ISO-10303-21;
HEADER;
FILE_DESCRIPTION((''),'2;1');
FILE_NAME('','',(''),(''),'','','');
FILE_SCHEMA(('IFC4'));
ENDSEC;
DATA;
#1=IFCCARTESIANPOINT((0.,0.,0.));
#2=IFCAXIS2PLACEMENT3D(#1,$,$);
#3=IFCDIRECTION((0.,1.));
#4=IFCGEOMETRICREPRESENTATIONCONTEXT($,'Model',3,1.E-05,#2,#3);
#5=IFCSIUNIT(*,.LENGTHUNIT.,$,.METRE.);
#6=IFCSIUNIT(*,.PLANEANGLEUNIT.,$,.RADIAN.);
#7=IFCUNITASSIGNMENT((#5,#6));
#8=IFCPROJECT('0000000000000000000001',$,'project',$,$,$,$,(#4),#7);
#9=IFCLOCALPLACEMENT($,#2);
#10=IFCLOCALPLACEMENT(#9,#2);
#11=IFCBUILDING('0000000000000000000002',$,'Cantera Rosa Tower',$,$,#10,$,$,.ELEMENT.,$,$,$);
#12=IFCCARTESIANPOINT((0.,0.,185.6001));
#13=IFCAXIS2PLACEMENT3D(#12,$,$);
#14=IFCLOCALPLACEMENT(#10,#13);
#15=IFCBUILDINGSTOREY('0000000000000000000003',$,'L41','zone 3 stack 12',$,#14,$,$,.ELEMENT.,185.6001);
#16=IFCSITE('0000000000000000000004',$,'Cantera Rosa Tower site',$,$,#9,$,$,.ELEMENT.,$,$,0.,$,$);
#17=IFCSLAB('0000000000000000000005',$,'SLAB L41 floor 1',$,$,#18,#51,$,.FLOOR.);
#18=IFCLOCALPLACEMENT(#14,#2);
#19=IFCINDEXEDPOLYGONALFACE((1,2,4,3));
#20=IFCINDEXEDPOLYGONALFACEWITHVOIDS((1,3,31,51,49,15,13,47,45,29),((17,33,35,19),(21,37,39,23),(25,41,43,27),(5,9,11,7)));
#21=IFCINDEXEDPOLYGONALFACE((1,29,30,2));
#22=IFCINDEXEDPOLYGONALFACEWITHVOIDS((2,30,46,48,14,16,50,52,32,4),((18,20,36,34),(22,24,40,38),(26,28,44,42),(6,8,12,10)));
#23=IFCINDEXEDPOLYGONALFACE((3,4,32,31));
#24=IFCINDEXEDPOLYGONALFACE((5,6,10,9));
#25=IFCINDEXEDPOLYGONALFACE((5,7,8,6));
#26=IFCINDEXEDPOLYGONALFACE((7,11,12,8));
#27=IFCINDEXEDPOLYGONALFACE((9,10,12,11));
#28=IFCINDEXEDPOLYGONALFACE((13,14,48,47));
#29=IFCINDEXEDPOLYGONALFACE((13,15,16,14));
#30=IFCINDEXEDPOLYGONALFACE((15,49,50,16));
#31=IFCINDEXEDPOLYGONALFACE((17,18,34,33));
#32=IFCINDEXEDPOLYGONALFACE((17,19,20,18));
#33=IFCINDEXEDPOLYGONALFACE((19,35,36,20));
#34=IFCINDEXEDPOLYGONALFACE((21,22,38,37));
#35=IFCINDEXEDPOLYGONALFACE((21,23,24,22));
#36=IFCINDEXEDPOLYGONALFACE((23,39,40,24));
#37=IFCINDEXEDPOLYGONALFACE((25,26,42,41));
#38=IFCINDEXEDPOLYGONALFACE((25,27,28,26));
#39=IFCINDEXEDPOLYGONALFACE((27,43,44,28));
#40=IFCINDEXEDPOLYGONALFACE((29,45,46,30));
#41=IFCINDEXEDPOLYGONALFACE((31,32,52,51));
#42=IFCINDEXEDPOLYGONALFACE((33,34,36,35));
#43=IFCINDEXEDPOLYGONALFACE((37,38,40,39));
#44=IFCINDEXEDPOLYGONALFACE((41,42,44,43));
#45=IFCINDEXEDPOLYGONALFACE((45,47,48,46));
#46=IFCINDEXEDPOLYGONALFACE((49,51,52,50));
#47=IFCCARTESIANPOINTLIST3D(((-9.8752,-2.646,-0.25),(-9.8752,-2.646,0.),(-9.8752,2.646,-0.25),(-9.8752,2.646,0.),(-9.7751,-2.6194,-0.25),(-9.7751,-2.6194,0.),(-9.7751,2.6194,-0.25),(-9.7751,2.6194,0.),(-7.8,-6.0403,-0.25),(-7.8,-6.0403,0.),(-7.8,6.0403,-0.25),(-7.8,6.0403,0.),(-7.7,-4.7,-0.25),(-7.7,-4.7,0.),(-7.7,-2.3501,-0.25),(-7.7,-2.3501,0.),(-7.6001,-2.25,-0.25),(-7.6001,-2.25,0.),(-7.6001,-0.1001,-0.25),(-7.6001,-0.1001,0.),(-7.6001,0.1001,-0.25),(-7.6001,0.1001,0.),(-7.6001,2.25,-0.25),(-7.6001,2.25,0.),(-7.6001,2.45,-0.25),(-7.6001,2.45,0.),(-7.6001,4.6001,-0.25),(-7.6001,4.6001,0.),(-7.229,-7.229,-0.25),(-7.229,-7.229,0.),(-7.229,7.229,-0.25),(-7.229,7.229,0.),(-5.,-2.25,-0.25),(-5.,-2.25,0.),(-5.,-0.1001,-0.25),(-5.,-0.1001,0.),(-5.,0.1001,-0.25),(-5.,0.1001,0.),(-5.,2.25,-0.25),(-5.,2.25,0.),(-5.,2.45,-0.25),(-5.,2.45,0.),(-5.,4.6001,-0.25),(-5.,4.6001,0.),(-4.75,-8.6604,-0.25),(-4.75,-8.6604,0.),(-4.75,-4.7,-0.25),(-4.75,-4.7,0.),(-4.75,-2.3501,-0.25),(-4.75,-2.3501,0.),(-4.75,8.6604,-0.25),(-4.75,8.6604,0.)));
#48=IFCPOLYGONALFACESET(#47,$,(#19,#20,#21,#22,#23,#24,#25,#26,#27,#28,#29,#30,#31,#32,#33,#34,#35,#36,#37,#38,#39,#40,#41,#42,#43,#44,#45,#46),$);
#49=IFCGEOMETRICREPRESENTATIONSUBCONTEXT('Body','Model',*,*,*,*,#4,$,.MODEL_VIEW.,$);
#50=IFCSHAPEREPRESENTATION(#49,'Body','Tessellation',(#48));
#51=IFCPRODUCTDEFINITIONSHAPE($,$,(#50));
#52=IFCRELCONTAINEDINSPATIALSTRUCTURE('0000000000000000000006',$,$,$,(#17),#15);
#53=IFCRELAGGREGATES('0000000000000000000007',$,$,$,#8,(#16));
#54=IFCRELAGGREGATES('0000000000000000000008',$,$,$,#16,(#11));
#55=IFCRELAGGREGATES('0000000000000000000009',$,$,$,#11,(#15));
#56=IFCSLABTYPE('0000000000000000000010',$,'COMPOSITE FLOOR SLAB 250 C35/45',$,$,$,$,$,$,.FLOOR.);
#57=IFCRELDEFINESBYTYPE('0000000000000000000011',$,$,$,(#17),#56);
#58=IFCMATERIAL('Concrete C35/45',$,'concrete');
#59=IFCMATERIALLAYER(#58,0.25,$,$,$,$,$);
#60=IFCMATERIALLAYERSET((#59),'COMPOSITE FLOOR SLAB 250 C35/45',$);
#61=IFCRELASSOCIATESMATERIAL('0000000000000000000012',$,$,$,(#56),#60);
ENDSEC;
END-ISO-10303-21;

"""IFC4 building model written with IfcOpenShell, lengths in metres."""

from ifc_helpers import new_model, si_unit, direction, frame, origin, place, context, subcontext, project, spatial, polyline, outline, extrude, material, layer, layer_set, type_object, element, save


model = new_model("IFC4")

# Units and contexts
model_context = context("Model", 3, precision=1e-05, world=origin(), true_north=direction((0.0, 1.0)))
body_context = subcontext(model_context, "Body", "Model", "MODEL_VIEW")
ifc_project = project(units=[si_unit("LENGTHUNIT", "METRE"), si_unit("PLANEANGLEUNIT", "RADIAN")], contexts=[model_context])

# Site, building, storey
site_placement = place(None, origin())
site = spatial("IfcSite", under=ifc_project, at=site_placement, Name="Cantera Rosa Tower site", CompositionType="ELEMENT", RefElevation=0.0)
building_placement = place(site_placement, origin())
building = spatial("IfcBuilding", under=site, at=building_placement, Name="Cantera Rosa Tower", CompositionType="ELEMENT")
storey_placement = place(building_placement, frame((0.0, 0.0, 185.6001)))
storey = spatial("IfcBuildingStorey", under=building, at=storey_placement, Name="L41", Description="zone 3 stack 12", CompositionType="ELEMENT", Elevation=185.6001)

# Slab
ifc_material_1 = material(Name="Concrete C35/45", Category="concrete")
ifc_layer_1 = layer(ifc_material_1, 0.25)
ifc_layer_set_1 = layer_set([ifc_layer_1], Name="COMPOSITE FLOOR SLAB 250 C35/45")
slab_type_1 = type_object("IfcSlabType", Name="COMPOSITE FLOOR SLAB 250 C35/45", PredefinedType="FLOOR", material=ifc_layer_set_1)
slab_1_placement = place(storey_placement, frame((0.0, 0.0, -0.25)))
element("IfcSlab", 1, at=slab_1_placement, inside=storey, type_object=slab_type_1, Name="SLAB L41 floor 1", PredefinedType="FLOOR", context=body_context, shape_type="SweptSolid", body=[
    extrude(outline(polyline([(-7.7, -2.3501), (-7.7, -4.7), (-4.75, -4.7), (-4.75, -8.6604), (-7.229, -7.229), (-9.8752, -2.646), (-9.8752, 2.646), (-7.229, 7.229), (-4.75, 8.6604), (-4.75, -2.3501), (-7.7, -2.3501)]), holes=[polyline([(-7.6001, -0.1001), (-7.6001, -2.25), (-5.0, -2.25), (-5.0, -0.1001), (-7.6001, -0.1001)]), polyline([(-7.8, 6.0403), (-9.7751, 2.6194), (-9.7751, -2.6194), (-7.8, -6.0403), (-7.8, 6.0403)]), polyline([(-5.0, 2.25), (-7.6001, 2.25), (-7.6001, 0.1001), (-5.0, 0.1001), (-5.0, 2.25)]), polyline([(-5.0, 4.6001), (-7.6001, 4.6001), (-7.6001, 2.45), (-5.0, 2.45), (-5.0, 4.6001)])]), origin(), (0.0, 0.0, 1.0), 0.25),
])

save(model, "model.ifc")
